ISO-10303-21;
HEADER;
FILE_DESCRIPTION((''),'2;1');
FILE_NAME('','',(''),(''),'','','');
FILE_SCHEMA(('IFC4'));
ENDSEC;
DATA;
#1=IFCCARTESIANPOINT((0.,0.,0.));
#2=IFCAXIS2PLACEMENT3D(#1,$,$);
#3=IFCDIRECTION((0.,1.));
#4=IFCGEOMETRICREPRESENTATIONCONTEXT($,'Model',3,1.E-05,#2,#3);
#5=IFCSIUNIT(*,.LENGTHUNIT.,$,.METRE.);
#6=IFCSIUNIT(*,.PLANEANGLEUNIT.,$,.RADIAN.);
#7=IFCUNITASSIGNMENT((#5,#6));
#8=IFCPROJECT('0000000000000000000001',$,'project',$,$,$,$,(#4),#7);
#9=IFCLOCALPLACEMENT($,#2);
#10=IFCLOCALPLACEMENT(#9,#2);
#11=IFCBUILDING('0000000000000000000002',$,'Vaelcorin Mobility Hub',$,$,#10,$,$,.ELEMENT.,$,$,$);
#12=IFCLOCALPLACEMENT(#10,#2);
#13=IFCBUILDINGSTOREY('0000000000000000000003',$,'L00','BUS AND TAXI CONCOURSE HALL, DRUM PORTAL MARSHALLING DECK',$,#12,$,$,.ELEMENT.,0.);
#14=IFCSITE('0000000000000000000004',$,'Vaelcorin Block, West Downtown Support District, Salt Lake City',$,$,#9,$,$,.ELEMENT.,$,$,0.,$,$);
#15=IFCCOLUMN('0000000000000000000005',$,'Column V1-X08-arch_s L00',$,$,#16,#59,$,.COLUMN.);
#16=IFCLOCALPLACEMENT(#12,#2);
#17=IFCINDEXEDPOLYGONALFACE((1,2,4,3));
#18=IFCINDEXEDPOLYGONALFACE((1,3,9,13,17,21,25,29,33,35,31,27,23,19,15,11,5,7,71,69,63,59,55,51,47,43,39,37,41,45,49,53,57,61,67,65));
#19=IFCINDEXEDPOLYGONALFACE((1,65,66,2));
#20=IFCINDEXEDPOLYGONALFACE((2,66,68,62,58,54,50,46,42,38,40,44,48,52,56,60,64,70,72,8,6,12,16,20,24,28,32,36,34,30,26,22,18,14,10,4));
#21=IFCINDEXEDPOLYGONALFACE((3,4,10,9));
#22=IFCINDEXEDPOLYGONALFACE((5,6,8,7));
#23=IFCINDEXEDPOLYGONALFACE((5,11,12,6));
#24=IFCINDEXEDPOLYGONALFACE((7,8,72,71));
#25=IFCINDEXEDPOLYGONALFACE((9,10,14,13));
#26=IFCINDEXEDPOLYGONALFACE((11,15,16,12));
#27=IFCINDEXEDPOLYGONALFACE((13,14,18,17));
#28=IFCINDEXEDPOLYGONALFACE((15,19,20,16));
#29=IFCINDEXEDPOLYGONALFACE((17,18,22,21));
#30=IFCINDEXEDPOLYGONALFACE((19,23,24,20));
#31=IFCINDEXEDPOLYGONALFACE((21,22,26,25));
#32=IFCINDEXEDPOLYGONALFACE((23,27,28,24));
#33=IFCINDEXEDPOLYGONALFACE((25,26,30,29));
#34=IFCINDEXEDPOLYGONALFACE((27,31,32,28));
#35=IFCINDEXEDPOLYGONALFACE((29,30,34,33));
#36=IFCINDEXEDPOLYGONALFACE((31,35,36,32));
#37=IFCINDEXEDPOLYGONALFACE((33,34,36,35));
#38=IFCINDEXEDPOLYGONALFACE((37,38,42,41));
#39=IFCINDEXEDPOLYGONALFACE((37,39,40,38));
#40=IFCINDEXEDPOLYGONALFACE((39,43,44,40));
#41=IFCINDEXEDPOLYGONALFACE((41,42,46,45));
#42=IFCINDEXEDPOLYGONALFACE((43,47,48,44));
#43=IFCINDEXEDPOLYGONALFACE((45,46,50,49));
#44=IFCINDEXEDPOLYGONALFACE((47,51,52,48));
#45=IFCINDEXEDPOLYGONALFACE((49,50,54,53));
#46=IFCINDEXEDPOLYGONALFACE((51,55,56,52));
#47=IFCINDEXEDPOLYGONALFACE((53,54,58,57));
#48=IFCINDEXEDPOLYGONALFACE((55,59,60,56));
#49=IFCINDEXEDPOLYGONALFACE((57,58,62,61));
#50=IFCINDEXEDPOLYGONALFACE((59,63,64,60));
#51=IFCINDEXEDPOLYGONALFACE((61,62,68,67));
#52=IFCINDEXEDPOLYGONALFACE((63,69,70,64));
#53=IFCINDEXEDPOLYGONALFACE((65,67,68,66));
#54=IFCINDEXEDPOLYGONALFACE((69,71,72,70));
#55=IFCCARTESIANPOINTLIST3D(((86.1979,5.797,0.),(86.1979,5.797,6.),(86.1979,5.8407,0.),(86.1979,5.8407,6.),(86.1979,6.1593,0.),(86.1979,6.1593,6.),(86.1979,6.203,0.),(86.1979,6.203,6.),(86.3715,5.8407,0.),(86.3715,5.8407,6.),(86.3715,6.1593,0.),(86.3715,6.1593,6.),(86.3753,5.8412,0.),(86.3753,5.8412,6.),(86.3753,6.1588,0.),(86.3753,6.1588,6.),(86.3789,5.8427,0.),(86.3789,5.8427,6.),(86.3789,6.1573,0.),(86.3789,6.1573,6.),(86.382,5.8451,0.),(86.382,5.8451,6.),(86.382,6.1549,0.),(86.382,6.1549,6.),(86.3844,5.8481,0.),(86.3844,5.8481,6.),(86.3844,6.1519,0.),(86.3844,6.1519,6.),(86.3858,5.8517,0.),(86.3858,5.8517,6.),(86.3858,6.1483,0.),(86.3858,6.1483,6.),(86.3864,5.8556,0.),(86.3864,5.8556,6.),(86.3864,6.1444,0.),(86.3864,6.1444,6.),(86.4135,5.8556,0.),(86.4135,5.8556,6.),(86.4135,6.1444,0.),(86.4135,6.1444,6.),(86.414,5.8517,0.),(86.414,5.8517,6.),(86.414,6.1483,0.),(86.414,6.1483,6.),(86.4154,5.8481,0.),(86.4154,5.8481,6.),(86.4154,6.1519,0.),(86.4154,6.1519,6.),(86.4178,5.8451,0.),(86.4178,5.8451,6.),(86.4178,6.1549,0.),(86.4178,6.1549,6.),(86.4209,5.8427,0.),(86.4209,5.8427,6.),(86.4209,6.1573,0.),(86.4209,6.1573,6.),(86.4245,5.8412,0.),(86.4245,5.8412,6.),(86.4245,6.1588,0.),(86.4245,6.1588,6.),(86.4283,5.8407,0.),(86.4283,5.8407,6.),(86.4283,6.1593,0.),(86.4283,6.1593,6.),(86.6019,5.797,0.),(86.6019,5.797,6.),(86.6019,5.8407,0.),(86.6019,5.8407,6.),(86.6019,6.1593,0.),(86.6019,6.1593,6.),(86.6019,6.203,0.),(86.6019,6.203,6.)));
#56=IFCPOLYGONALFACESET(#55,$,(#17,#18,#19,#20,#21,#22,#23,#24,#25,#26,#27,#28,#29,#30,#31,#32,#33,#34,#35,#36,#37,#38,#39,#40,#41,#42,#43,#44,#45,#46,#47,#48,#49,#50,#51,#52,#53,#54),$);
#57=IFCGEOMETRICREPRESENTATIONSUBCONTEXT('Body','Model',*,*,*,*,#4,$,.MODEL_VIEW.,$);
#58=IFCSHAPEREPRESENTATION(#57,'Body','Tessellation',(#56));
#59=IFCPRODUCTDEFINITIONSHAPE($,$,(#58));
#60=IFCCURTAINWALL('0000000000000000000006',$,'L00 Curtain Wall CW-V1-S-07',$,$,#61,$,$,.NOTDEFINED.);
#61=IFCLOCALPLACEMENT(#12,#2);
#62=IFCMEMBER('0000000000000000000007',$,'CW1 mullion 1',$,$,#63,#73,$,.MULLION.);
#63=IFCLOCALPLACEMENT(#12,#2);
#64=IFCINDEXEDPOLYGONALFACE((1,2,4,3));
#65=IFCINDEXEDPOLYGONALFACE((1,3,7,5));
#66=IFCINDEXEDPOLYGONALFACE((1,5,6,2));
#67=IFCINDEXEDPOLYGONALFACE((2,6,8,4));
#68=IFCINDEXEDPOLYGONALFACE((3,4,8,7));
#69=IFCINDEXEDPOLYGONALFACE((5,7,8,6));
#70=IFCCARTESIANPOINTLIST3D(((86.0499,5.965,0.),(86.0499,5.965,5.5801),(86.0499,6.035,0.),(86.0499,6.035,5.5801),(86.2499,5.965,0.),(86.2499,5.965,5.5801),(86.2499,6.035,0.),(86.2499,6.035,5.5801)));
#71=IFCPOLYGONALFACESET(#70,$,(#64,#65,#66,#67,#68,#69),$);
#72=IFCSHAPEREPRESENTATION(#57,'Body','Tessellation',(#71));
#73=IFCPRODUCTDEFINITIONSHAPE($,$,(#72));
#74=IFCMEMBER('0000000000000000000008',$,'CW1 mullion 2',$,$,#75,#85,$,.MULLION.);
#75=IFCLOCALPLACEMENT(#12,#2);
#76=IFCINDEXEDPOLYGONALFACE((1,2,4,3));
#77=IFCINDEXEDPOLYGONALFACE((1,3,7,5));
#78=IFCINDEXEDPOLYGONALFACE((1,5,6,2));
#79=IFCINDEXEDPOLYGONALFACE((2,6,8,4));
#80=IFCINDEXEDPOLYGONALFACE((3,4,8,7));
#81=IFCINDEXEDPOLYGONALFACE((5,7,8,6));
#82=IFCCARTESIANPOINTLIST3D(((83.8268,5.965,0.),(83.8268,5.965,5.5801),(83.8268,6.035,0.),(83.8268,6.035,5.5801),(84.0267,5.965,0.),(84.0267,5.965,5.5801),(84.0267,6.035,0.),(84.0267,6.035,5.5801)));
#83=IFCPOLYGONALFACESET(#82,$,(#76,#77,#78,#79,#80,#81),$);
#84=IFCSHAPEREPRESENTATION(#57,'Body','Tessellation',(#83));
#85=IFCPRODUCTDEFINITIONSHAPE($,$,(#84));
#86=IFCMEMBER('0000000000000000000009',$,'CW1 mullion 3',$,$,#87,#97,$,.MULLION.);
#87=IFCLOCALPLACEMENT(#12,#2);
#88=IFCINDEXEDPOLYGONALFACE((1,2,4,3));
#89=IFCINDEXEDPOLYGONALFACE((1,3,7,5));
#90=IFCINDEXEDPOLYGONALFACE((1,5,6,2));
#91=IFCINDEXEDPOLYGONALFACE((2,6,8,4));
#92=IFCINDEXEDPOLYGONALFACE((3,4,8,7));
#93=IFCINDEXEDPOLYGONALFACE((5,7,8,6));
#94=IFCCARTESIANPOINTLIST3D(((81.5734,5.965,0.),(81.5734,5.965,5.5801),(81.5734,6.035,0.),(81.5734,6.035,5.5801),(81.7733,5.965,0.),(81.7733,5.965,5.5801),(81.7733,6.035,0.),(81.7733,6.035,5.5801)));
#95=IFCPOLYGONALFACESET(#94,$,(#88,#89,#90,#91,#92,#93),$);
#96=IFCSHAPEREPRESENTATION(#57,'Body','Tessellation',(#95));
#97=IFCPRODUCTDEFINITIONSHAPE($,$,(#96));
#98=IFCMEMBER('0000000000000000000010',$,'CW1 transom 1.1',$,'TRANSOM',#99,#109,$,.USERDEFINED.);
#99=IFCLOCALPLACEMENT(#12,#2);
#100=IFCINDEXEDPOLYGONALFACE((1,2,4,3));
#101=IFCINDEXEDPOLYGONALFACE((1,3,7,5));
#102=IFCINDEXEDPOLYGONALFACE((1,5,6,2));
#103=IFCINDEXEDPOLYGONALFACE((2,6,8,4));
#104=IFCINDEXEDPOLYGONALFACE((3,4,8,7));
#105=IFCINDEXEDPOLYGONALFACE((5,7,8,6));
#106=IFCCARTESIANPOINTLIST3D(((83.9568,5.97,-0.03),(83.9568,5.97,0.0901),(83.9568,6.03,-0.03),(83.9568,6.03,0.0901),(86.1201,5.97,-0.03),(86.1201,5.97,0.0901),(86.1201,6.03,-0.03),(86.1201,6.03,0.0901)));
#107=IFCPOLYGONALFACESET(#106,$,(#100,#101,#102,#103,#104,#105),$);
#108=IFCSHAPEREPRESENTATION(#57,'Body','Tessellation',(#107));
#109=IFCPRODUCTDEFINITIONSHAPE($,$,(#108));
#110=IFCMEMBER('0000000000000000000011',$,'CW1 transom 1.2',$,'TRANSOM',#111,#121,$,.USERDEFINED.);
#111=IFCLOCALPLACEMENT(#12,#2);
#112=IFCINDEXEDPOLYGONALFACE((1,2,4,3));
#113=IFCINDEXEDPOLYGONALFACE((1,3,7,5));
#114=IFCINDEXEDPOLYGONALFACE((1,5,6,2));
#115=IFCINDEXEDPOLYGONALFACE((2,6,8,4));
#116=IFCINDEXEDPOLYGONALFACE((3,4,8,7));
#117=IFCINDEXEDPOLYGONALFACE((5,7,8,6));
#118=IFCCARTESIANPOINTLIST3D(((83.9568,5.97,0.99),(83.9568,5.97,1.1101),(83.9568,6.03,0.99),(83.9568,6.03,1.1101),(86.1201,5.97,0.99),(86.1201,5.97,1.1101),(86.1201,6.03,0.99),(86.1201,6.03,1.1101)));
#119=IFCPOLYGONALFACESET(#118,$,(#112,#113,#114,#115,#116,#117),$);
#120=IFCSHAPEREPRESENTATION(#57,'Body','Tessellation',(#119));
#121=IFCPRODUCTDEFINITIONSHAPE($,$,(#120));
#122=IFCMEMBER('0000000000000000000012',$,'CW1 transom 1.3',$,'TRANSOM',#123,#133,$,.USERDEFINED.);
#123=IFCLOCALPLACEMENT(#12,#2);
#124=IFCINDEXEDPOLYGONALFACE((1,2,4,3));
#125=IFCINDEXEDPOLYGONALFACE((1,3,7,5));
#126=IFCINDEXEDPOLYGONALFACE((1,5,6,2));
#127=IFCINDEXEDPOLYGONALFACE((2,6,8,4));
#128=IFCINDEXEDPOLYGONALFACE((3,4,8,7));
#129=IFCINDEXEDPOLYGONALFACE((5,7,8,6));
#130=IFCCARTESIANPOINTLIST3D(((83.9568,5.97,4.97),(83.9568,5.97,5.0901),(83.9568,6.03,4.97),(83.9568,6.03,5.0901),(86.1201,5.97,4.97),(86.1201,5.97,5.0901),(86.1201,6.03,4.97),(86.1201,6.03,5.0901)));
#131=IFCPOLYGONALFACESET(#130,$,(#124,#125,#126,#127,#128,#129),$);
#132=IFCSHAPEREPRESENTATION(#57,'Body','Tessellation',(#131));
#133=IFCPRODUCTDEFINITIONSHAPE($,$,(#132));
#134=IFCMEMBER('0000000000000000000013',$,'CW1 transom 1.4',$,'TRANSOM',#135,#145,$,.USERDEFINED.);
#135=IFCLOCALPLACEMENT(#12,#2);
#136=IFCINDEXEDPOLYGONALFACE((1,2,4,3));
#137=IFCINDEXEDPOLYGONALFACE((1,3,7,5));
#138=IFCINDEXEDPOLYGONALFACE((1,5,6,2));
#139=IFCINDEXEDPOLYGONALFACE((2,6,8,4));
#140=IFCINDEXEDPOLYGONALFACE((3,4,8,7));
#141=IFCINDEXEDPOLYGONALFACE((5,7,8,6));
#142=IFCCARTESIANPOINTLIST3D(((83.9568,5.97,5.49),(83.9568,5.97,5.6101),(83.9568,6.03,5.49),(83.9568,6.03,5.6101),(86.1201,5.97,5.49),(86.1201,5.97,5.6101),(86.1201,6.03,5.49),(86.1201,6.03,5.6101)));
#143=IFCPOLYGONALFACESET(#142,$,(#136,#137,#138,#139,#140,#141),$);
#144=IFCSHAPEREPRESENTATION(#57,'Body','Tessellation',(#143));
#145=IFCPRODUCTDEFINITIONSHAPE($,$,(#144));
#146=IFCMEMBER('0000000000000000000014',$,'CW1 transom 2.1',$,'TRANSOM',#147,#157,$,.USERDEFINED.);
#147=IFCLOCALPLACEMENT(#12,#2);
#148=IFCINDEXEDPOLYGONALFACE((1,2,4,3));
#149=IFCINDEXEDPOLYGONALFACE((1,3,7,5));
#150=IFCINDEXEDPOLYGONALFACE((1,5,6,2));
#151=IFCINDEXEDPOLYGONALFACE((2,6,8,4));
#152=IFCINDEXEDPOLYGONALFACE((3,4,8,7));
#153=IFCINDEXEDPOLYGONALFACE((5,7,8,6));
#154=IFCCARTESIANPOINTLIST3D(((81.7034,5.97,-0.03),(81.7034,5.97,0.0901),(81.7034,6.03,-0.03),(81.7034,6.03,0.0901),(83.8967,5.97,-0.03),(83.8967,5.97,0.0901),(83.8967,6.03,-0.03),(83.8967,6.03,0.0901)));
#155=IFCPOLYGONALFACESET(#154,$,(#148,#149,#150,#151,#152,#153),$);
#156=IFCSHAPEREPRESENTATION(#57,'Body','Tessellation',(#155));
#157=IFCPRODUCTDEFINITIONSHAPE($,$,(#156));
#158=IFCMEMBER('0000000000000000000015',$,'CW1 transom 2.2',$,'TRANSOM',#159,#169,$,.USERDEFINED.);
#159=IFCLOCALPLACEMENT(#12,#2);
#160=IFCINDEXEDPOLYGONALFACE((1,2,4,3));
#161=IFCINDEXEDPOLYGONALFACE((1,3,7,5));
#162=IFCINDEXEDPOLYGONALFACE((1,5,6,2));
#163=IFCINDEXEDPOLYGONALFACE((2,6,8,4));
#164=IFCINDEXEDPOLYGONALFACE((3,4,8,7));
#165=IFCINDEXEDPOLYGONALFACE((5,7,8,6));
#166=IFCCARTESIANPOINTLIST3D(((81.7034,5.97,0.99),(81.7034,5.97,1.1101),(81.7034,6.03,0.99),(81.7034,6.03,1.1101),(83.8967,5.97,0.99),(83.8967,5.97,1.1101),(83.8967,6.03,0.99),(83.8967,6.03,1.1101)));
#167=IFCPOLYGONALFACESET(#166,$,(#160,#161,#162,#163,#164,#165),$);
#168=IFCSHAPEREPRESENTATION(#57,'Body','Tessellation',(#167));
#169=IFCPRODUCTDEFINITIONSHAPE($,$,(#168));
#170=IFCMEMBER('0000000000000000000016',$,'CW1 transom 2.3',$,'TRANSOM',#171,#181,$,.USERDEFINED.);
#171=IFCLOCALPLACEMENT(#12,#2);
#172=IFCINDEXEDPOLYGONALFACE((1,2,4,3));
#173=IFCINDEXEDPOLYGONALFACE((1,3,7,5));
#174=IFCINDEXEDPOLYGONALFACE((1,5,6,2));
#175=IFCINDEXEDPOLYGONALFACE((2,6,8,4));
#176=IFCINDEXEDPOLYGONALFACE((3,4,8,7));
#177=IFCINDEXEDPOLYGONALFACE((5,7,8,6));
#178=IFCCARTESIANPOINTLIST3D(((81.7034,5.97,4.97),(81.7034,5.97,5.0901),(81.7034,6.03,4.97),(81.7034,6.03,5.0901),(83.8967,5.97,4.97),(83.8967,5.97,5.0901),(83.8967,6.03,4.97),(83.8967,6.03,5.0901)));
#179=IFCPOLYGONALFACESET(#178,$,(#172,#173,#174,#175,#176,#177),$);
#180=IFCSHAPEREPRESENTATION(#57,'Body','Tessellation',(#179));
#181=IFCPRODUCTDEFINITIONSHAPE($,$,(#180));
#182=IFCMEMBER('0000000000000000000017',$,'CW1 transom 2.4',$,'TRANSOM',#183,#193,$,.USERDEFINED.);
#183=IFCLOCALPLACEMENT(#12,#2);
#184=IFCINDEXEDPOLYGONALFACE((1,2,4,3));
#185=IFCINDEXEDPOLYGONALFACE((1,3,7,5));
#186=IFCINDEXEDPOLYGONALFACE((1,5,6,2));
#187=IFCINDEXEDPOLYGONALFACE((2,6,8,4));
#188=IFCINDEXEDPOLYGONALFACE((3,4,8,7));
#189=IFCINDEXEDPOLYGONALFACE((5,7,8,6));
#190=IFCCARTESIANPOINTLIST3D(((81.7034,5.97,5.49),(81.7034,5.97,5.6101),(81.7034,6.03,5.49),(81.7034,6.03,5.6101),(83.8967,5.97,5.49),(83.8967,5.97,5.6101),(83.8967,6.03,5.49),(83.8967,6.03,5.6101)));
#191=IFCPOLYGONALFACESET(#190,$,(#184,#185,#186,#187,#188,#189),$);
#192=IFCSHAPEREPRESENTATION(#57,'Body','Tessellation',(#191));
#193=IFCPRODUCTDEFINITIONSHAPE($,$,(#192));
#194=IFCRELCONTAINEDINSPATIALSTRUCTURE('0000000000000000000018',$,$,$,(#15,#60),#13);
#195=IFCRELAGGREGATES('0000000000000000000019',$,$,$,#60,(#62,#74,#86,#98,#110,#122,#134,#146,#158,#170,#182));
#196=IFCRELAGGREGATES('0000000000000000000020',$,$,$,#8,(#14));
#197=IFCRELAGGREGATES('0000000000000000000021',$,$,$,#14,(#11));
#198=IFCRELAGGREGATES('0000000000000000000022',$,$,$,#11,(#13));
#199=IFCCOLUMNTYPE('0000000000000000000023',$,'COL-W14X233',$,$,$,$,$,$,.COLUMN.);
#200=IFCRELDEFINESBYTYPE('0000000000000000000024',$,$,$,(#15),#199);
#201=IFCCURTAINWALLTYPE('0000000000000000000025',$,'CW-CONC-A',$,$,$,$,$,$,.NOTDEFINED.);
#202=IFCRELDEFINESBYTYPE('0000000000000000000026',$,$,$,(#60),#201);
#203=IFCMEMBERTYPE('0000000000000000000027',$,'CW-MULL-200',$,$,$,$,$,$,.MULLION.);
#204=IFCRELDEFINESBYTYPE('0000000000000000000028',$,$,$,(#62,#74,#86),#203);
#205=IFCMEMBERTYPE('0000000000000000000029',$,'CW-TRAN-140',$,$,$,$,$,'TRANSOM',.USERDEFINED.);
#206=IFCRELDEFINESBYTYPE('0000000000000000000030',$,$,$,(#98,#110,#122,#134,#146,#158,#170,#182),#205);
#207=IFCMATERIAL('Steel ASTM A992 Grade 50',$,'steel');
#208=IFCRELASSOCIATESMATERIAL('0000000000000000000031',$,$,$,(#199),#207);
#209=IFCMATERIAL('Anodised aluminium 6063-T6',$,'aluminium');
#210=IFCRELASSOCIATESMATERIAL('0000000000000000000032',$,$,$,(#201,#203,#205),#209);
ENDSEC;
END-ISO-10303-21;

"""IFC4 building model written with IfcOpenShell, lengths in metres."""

from ifc_helpers import new_model, si_unit, direction, frame, origin, origin_2d, place, context, subcontext, project, spatial, rectangle, i_section, extrude, material, material_profile, profile_set, type_object, element, aggregate, save


model = new_model("IFC4")

# Units and contexts
model_context = context("Model", 3, precision=1e-05, world=origin(), true_north=direction((0.0, 1.0)))
body_context = subcontext(model_context, "Body", "Model", "MODEL_VIEW")
ifc_project = project(units=[si_unit("LENGTHUNIT", "METRE"), si_unit("PLANEANGLEUNIT", "RADIAN")], contexts=[model_context])

# Site, building, storey
site_placement = place(None, origin())
site = spatial("IfcSite", under=ifc_project, at=site_placement, Name="Vaelcorin Block, West Downtown Support District, Salt Lake City", CompositionType="ELEMENT", RefElevation=0.0)
building_placement = place(site_placement, origin())
building = spatial("IfcBuilding", under=site, at=building_placement, Name="Vaelcorin Mobility Hub", CompositionType="ELEMENT")
storey_placement = place(building_placement, origin())
storey = spatial("IfcBuildingStorey", under=building, at=storey_placement, Name="L00", Description="BUS AND TAXI CONCOURSE HALL, DRUM PORTAL MARSHALLING DECK", CompositionType="ELEMENT", Elevation=0.0)

# Column
ifc_material_1 = material(Name="Steel ASTM A992 Grade 50", Category="steel")
ifc_material_profile_1 = material_profile(ifc_material_1, i_section(OverallWidth=0.4041, OverallDepth=0.406, WebThickness=0.0271, FlangeThickness=0.0437, FilletRadius=0.0149, at=origin_2d()), Name="W14X233")
ifc_profile_set_1 = profile_set([ifc_material_profile_1], Name="Steel ASTM A992 Grade 50")
column_type = type_object("IfcColumnType", Name="COL-W14X233", PredefinedType="COLUMN", material=ifc_profile_set_1)
column_placement = place(storey_placement, frame((86.3999, 6.0, 0.0), z_axis=(0.0, 0.0, 1.0), x_axis=(1.0, 0.0, 0.0)))
element("IfcColumn", 1, at=column_placement, inside=storey, type_object=column_type, Name="Column V1-X08-arch_s L00", PredefinedType="COLUMN", context=body_context, shape_type="SweptSolid", body=[
    extrude(i_section(OverallWidth=0.4041, OverallDepth=0.406, WebThickness=0.0271, FlangeThickness=0.0437, FilletRadius=0.0149, at=origin_2d()), origin(), (0.0, 0.0, 1.0), 6.0),
])

# Curtain wall, members
ifc_material_2 = material(Name="Anodised aluminium 6063-T6", Category="aluminium")
curtain_wall_type = type_object("IfcCurtainWallType", Name="CW-CONC-A", PredefinedType="NOTDEFINED", material=ifc_material_2)
curtain_wall_placement = place(storey_placement, origin())
curtain_wall = element("IfcCurtainWall", 2, at=curtain_wall_placement, inside=storey, type_object=curtain_wall_type, Name="L00 Curtain Wall CW-V1-S-07", PredefinedType="NOTDEFINED")
ifc_material_profile_2 = material_profile(ifc_material_2, rectangle(XDim=0.0701, YDim=0.2, at=origin_2d()), Name="ALU-M70X200")
ifc_profile_set_2 = profile_set([ifc_material_profile_2], Name="Anodised aluminium 6063-T6")
member_type_1 = type_object("IfcMemberType", Name="CW-MULL-200", PredefinedType="MULLION", material=ifc_profile_set_2)
member_1_placement = place(storey_placement, frame((86.1499, 6.0, 0.0), z_axis=(0.0, 0.0, 1.0), x_axis=(0.0, -1.0, 0.0)))
member_1 = element("IfcMember", 3, at=member_1_placement, type_object=member_type_1, Name="CW1 mullion 1", PredefinedType="MULLION", context=body_context, shape_type="SweptSolid", body=[
    extrude(rectangle(XDim=0.0701, YDim=0.2, at=origin_2d()), origin(), (0.0, 0.0, 1.0), 5.5801),
])
member_2_placement = place(storey_placement, frame((83.9268, 6.0, 0.0), z_axis=(0.0, 0.0, 1.0), x_axis=(0.0, -1.0, 0.0)))
member_2 = element("IfcMember", 4, at=member_2_placement, type_object=member_type_1, Name="CW1 mullion 2", PredefinedType="MULLION", context=body_context, shape_type="SweptSolid", body=[
    extrude(rectangle(XDim=0.0701, YDim=0.2, at=origin_2d()), origin(), (0.0, 0.0, 1.0), 5.5801),
])
member_3_placement = place(storey_placement, frame((81.6733, 6.0, 0.0), z_axis=(0.0, 0.0, 1.0), x_axis=(0.0, -1.0, 0.0)))
member_3 = element("IfcMember", 5, at=member_3_placement, type_object=member_type_1, Name="CW1 mullion 3", PredefinedType="MULLION", context=body_context, shape_type="SweptSolid", body=[
    extrude(rectangle(XDim=0.0701, YDim=0.2, at=origin_2d()), origin(), (0.0, 0.0, 1.0), 5.5801),
])
ifc_material_profile_3 = material_profile(ifc_material_2, rectangle(XDim=0.0601, YDim=0.1201, at=origin_2d()), Name="ALU-T60X120")
ifc_profile_set_3 = profile_set([ifc_material_profile_3], Name="Anodised aluminium 6063-T6")
member_type_2 = type_object("IfcMemberType", Name="CW-TRAN-140", ElementType="TRANSOM", PredefinedType="USERDEFINED", material=ifc_profile_set_3)
member_4_placement = place(storey_placement, frame((86.1201, 6.0, 0.03), z_axis=(-1.0, 0.0, 0.0), x_axis=(0.0, -1.0, 0.0)))
member_4 = element("IfcMember", 6, at=member_4_placement, type_object=member_type_2, Name="CW1 transom 1.1", ObjectType="TRANSOM", PredefinedType="USERDEFINED", context=body_context, shape_type="SweptSolid", body=[
    extrude(rectangle(XDim=0.0601, YDim=0.1201, at=origin_2d()), origin(), (0.0, 0.0, 1.0), 2.1633),
])
member_5_placement = place(storey_placement, frame((86.1201, 6.0, 1.05), z_axis=(-1.0, 0.0, 0.0), x_axis=(0.0, -1.0, 0.0)))
member_5 = element("IfcMember", 7, at=member_5_placement, type_object=member_type_2, Name="CW1 transom 1.2", ObjectType="TRANSOM", PredefinedType="USERDEFINED", context=body_context, shape_type="SweptSolid", body=[
    extrude(rectangle(XDim=0.0601, YDim=0.1201, at=origin_2d()), origin(), (0.0, 0.0, 1.0), 2.1633),
])
member_6_placement = place(storey_placement, frame((86.1201, 6.0, 5.03), z_axis=(-1.0, 0.0, 0.0), x_axis=(0.0, -1.0, 0.0)))
member_6 = element("IfcMember", 8, at=member_6_placement, type_object=member_type_2, Name="CW1 transom 1.3", ObjectType="TRANSOM", PredefinedType="USERDEFINED", context=body_context, shape_type="SweptSolid", body=[
    extrude(rectangle(XDim=0.0601, YDim=0.1201, at=origin_2d()), origin(), (0.0, 0.0, 1.0), 2.1633),
])
member_7_placement = place(storey_placement, frame((86.1201, 6.0, 5.55), z_axis=(-1.0, 0.0, 0.0), x_axis=(0.0, -1.0, 0.0)))
member_7 = element("IfcMember", 9, at=member_7_placement, type_object=member_type_2, Name="CW1 transom 1.4", ObjectType="TRANSOM", PredefinedType="USERDEFINED", context=body_context, shape_type="SweptSolid", body=[
    extrude(rectangle(XDim=0.0601, YDim=0.1201, at=origin_2d()), origin(), (0.0, 0.0, 1.0), 2.1633),
])
member_8_placement = place(storey_placement, frame((83.8967, 6.0, 0.03), z_axis=(-1.0, 0.0, 0.0), x_axis=(0.0, -1.0, 0.0)))
member_8 = element("IfcMember", 10, at=member_8_placement, type_object=member_type_2, Name="CW1 transom 2.1", ObjectType="TRANSOM", PredefinedType="USERDEFINED", context=body_context, shape_type="SweptSolid", body=[
    extrude(rectangle(XDim=0.0601, YDim=0.1201, at=origin_2d()), origin(), (0.0, 0.0, 1.0), 2.1934),
])
member_9_placement = place(storey_placement, frame((83.8967, 6.0, 1.05), z_axis=(-1.0, 0.0, 0.0), x_axis=(0.0, -1.0, 0.0)))
member_9 = element("IfcMember", 11, at=member_9_placement, type_object=member_type_2, Name="CW1 transom 2.2", ObjectType="TRANSOM", PredefinedType="USERDEFINED", context=body_context, shape_type="SweptSolid", body=[
    extrude(rectangle(XDim=0.0601, YDim=0.1201, at=origin_2d()), origin(), (0.0, 0.0, 1.0), 2.1934),
])
member_10_placement = place(storey_placement, frame((83.8967, 6.0, 5.03), z_axis=(-1.0, 0.0, 0.0), x_axis=(0.0, -1.0, 0.0)))
member_10 = element("IfcMember", 12, at=member_10_placement, type_object=member_type_2, Name="CW1 transom 2.3", ObjectType="TRANSOM", PredefinedType="USERDEFINED", context=body_context, shape_type="SweptSolid", body=[
    extrude(rectangle(XDim=0.0601, YDim=0.1201, at=origin_2d()), origin(), (0.0, 0.0, 1.0), 2.1934),
])
member_11_placement = place(storey_placement, frame((83.8967, 6.0, 5.55), z_axis=(-1.0, 0.0, 0.0), x_axis=(0.0, -1.0, 0.0)))
member_11 = element("IfcMember", 13, at=member_11_placement, type_object=member_type_2, Name="CW1 transom 2.4", ObjectType="TRANSOM", PredefinedType="USERDEFINED", context=body_context, shape_type="SweptSolid", body=[
    extrude(rectangle(XDim=0.0601, YDim=0.1201, at=origin_2d()), origin(), (0.0, 0.0, 1.0), 2.1934),
])
aggregate(curtain_wall, [member_1, member_2, member_3, member_4, member_5, member_6, member_7, member_8, member_9, member_10, member_11])

save(model, "model.ifc")
